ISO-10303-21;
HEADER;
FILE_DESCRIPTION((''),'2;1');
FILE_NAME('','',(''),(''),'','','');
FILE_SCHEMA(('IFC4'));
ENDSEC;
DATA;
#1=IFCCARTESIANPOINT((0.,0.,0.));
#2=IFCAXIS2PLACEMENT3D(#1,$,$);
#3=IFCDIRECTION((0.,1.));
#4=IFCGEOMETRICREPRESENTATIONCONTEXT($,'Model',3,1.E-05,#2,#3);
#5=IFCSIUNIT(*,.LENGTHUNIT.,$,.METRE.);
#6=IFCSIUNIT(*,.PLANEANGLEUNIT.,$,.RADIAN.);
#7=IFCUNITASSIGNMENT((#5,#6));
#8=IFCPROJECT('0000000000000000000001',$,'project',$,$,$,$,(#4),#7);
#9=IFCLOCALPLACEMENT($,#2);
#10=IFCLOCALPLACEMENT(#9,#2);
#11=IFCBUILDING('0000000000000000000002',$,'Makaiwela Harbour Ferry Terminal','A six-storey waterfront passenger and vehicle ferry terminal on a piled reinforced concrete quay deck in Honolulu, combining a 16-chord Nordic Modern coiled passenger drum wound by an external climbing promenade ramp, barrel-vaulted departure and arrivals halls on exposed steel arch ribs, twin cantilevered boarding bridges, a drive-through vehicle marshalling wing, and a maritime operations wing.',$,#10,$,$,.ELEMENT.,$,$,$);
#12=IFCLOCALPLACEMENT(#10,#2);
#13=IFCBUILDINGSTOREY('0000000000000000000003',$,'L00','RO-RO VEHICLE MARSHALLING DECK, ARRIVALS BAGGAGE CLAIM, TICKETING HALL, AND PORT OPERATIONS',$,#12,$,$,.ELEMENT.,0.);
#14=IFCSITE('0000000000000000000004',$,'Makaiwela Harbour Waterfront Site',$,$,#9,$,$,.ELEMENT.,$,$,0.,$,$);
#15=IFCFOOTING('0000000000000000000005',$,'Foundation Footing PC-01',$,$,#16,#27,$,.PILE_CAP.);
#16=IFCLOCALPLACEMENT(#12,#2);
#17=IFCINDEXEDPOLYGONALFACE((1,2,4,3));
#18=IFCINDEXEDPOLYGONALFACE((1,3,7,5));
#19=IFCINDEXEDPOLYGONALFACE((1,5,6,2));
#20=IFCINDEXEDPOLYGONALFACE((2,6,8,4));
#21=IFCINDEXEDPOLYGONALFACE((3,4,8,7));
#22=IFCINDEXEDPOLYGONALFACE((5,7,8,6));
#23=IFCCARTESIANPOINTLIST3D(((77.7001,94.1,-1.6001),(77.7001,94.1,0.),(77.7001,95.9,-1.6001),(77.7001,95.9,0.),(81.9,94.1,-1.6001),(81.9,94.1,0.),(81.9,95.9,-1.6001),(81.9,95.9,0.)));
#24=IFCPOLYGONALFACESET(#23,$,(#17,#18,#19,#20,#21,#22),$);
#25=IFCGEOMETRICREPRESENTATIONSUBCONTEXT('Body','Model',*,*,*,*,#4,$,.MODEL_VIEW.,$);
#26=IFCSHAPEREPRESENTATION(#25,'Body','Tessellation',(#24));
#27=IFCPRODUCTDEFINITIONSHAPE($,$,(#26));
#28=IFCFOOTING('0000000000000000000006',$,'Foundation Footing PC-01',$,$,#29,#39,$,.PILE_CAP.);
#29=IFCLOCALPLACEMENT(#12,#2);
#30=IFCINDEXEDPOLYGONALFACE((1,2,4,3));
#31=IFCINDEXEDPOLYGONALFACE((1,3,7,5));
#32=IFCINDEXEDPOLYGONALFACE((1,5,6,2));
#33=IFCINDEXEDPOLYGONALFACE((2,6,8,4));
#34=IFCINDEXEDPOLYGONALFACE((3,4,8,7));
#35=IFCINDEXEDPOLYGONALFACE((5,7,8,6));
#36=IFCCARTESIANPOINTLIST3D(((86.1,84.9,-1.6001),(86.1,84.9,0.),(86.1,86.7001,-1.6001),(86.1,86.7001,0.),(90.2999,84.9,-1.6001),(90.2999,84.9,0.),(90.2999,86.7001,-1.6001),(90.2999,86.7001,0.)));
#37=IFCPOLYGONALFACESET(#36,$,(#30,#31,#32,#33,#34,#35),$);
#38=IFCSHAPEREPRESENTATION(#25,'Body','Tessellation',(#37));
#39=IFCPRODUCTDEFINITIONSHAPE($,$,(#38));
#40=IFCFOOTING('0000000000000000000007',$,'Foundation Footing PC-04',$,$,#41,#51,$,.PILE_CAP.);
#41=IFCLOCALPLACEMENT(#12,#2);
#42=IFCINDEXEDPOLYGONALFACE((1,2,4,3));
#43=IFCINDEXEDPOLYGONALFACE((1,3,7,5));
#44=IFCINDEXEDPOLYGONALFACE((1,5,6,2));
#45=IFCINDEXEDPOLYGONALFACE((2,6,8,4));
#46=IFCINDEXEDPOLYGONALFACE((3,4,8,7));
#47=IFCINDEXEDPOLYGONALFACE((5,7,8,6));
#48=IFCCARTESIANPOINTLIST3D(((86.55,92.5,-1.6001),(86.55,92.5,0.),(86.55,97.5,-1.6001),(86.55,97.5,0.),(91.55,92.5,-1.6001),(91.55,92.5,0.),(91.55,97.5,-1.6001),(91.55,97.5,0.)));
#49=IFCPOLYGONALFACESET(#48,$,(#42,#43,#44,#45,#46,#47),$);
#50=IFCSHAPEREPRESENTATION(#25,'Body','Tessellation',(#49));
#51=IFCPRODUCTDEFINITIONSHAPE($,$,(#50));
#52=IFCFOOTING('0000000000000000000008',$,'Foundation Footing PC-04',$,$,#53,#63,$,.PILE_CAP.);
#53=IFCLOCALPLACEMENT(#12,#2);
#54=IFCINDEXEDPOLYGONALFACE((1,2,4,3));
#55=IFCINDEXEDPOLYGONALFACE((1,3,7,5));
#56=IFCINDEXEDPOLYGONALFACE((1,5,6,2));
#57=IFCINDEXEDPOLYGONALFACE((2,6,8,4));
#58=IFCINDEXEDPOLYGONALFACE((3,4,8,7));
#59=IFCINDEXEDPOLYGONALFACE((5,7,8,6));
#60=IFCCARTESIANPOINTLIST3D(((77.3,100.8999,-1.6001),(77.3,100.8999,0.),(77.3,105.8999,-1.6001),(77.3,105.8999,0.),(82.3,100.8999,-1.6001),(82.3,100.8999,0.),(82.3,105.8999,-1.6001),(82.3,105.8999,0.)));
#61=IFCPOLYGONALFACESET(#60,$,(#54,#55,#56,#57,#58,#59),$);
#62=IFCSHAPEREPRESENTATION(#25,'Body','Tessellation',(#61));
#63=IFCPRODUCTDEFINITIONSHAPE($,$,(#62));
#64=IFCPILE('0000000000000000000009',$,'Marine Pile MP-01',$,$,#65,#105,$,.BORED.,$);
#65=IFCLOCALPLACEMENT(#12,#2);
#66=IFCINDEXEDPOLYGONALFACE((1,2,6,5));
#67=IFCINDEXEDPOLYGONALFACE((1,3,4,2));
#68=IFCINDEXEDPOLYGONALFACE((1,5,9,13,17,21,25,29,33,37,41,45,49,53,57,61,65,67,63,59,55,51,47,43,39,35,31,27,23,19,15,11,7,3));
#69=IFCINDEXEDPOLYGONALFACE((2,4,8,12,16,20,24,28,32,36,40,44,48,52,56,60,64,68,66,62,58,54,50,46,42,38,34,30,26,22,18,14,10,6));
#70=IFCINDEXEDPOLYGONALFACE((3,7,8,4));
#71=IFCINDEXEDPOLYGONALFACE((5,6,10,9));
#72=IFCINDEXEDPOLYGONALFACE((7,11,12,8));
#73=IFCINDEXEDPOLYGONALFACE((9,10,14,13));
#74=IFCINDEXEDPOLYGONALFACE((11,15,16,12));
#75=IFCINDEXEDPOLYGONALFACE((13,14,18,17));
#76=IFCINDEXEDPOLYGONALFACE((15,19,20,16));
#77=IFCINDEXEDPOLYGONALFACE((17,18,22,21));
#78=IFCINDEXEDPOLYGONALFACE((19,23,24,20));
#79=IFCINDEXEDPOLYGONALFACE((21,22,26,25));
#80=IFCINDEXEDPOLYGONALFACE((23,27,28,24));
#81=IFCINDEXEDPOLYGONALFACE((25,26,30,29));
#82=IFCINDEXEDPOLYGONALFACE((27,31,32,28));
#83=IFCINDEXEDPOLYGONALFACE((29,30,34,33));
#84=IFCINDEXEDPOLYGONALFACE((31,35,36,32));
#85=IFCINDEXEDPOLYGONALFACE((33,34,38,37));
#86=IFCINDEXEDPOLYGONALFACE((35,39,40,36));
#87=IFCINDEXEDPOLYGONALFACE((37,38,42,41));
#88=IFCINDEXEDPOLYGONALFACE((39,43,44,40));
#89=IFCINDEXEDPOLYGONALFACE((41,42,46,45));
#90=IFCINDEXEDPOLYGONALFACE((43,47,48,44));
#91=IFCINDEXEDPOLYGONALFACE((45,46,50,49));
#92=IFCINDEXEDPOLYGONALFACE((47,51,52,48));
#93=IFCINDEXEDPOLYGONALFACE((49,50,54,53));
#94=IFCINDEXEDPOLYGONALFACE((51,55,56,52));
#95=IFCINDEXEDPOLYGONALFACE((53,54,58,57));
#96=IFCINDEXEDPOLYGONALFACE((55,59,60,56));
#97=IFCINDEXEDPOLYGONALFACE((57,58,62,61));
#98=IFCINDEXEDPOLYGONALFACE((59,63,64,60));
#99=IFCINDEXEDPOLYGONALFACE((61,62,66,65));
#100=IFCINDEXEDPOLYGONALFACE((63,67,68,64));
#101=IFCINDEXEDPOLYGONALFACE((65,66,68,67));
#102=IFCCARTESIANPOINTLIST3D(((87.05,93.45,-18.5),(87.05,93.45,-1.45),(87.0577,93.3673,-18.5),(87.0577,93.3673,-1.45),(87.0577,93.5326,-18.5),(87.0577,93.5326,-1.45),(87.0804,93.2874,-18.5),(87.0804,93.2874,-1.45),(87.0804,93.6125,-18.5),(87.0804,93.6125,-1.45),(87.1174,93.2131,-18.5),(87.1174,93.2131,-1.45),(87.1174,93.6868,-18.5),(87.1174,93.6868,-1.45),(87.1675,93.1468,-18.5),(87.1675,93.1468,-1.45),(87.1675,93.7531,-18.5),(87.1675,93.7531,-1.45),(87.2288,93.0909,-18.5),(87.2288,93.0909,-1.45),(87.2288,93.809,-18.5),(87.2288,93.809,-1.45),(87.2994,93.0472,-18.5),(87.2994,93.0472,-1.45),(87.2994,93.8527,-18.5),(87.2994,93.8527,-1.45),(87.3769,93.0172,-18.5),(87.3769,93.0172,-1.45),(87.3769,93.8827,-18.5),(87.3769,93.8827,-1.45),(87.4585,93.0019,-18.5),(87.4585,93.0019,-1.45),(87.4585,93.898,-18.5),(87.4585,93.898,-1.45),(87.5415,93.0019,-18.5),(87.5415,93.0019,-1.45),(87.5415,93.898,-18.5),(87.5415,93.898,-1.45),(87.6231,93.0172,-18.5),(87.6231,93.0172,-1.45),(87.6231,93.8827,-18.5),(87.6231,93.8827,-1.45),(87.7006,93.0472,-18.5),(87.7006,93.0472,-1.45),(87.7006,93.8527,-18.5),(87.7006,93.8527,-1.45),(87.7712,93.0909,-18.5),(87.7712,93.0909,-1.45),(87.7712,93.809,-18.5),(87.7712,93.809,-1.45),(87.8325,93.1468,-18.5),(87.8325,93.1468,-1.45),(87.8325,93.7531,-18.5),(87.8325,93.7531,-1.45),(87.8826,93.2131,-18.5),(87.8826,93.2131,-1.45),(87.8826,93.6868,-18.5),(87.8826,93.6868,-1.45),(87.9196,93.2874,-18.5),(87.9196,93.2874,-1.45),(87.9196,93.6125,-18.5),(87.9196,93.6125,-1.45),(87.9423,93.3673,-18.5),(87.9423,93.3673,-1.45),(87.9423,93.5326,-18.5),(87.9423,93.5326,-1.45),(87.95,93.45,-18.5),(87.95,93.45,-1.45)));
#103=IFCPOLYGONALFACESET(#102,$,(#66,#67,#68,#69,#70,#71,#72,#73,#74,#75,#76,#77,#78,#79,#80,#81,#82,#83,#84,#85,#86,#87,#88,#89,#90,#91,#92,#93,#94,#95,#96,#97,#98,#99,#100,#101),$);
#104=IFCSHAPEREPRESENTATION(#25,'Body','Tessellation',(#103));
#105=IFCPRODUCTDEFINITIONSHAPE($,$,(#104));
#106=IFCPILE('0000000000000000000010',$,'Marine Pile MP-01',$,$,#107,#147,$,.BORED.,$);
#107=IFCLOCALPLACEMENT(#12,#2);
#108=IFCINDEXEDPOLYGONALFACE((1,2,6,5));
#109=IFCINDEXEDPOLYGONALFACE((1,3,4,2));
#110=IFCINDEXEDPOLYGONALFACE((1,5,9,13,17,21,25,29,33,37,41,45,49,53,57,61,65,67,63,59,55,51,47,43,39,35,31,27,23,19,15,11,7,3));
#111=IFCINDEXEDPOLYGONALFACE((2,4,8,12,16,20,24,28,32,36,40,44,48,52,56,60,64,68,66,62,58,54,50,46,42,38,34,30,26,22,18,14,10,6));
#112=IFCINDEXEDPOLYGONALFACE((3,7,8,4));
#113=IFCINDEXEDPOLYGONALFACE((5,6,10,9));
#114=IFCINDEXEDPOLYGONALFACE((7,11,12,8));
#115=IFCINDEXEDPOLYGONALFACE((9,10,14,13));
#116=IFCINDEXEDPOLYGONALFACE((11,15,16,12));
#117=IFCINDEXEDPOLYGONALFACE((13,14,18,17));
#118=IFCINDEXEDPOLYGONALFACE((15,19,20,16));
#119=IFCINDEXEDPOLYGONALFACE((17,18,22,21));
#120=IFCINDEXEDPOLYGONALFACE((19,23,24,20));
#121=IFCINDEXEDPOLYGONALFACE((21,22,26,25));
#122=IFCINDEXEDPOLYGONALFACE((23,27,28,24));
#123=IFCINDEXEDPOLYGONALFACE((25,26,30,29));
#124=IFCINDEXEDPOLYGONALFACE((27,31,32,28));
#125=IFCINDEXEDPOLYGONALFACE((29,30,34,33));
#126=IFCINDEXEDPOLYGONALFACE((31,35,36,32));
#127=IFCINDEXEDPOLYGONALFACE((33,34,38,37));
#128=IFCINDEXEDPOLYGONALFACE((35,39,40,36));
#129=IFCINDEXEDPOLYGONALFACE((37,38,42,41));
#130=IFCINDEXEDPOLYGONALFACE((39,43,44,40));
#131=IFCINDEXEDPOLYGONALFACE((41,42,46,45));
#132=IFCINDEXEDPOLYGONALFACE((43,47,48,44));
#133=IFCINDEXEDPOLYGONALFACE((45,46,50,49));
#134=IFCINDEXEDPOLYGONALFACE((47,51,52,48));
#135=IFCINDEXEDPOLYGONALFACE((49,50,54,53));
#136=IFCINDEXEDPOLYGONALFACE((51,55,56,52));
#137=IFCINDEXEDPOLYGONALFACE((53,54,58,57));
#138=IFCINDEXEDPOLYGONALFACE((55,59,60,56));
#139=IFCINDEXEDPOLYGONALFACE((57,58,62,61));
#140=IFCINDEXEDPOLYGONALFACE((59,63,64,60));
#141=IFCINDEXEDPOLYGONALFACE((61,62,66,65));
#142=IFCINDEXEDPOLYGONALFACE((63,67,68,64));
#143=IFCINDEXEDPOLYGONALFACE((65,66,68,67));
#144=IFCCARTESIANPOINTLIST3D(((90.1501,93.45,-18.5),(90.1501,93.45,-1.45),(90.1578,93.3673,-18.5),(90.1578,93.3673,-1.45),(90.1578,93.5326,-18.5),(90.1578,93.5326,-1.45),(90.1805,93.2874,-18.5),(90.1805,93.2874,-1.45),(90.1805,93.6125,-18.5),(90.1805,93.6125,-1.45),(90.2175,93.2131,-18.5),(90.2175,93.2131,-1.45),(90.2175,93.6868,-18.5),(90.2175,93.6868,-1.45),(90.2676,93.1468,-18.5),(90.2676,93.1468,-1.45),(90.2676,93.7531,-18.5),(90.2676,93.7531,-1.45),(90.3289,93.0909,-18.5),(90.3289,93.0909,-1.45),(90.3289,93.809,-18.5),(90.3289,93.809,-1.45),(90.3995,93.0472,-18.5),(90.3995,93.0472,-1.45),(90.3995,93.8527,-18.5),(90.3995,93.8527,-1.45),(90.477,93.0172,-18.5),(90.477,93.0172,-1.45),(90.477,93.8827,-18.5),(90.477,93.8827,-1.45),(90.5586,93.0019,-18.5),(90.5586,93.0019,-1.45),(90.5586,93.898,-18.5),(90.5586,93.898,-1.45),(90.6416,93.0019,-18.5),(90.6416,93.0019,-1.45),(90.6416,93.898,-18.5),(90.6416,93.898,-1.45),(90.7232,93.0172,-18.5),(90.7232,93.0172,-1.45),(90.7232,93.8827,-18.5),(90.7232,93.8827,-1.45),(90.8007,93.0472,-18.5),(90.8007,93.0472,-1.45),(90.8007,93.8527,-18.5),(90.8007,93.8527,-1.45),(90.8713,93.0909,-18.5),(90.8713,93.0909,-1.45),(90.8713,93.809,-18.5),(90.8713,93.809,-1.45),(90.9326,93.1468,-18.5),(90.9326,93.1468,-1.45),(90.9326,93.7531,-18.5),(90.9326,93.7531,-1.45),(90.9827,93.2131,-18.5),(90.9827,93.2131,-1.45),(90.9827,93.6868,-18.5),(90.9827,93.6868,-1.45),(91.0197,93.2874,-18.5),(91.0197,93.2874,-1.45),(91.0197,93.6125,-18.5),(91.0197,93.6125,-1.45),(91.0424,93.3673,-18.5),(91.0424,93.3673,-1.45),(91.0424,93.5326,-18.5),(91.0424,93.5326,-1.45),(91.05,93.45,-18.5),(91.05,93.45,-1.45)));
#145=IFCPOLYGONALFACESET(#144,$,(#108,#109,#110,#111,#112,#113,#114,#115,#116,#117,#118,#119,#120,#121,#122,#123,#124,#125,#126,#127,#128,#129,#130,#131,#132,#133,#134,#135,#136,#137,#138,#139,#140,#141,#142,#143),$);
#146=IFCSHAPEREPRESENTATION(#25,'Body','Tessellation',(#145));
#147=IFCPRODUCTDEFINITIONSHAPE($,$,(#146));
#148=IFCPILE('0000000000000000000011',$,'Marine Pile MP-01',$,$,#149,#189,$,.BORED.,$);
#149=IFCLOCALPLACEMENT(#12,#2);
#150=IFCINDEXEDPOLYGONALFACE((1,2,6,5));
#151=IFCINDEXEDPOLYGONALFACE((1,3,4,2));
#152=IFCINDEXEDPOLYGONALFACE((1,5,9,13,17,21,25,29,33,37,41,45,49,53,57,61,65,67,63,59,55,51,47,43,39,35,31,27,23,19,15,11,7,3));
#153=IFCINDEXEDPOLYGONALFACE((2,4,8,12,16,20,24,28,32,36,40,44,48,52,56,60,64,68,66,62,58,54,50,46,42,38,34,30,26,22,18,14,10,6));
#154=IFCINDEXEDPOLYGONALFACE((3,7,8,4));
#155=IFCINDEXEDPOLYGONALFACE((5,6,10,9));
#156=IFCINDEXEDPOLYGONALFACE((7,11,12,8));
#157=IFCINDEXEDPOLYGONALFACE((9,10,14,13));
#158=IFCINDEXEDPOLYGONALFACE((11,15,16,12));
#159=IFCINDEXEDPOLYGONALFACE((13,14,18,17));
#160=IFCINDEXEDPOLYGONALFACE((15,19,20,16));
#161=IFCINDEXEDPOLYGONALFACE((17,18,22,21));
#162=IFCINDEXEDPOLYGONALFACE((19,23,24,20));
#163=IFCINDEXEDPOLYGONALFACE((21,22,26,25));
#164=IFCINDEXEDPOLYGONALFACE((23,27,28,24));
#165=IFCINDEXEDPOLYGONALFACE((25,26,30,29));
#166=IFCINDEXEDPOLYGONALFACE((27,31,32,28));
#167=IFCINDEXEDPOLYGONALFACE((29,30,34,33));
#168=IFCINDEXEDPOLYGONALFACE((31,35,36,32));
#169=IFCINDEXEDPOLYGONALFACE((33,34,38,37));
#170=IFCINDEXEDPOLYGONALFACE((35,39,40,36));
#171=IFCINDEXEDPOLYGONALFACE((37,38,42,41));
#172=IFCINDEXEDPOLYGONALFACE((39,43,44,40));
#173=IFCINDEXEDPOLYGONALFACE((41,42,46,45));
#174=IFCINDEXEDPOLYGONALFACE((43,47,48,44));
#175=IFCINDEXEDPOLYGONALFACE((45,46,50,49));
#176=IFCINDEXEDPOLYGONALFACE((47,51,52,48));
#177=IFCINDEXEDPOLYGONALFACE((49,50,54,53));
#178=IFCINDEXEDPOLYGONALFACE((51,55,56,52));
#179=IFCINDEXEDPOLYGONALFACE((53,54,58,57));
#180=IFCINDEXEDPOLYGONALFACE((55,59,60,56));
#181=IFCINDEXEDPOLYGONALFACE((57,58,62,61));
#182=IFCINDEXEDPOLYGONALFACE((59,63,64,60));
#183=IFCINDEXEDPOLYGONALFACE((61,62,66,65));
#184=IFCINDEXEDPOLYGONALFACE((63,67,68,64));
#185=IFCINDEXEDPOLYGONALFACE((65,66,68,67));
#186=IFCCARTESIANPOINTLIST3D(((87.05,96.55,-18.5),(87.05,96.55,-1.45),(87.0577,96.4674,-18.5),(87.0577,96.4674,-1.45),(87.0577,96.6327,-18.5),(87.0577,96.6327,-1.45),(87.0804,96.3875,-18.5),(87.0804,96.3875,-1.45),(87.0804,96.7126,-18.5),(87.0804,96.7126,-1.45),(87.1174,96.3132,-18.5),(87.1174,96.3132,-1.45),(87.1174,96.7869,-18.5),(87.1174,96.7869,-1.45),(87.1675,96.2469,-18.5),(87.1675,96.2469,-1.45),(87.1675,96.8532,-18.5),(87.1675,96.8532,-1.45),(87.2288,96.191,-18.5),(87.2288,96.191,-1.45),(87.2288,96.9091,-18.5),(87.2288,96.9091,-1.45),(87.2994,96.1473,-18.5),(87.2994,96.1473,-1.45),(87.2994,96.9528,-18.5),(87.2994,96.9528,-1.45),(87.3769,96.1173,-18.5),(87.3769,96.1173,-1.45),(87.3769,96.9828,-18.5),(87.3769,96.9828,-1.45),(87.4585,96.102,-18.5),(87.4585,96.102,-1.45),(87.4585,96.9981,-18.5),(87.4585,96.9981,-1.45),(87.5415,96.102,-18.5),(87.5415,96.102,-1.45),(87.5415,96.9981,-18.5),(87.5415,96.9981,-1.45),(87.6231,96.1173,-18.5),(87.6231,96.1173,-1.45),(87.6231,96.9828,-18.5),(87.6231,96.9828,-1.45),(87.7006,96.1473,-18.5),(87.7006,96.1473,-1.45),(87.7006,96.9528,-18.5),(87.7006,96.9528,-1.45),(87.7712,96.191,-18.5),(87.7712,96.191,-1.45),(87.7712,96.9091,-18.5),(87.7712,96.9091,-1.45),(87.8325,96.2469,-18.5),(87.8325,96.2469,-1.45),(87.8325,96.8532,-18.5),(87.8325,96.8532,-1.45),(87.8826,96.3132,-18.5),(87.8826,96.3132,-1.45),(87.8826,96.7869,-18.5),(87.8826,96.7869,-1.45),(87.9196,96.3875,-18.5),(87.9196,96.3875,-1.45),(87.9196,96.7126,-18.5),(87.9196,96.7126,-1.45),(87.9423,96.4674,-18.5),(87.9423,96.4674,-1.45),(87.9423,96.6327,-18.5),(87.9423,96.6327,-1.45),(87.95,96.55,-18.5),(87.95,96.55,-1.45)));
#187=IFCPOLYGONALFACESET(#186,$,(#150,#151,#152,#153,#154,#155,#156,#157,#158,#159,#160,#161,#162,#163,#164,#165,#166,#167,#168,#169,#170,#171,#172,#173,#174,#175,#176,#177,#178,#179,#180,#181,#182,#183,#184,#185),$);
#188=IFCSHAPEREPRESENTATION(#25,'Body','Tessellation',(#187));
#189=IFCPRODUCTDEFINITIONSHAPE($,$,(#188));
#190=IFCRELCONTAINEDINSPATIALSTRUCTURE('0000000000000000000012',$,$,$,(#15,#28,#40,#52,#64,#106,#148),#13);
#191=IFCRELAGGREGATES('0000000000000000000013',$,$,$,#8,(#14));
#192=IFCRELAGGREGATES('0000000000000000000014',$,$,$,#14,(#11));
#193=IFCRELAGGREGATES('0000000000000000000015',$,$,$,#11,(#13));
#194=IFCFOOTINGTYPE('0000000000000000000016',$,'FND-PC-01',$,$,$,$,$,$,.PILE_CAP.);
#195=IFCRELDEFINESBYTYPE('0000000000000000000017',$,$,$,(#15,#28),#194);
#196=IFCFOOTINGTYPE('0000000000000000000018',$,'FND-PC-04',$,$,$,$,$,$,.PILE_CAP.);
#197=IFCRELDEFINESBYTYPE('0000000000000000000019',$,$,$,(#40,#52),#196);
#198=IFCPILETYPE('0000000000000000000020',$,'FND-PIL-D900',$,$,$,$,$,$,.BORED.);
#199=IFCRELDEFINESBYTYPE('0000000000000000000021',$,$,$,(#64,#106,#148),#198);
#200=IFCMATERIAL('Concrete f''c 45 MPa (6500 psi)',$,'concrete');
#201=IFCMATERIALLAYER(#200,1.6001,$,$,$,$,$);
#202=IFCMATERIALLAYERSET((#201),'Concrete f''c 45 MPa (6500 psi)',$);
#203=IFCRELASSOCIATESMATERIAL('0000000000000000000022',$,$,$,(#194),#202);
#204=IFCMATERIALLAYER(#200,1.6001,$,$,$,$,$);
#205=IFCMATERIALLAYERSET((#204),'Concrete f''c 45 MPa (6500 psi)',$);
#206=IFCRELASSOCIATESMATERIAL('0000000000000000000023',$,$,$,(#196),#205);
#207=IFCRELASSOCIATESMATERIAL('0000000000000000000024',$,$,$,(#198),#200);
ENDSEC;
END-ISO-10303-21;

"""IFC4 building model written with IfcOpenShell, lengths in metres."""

from ifc_helpers import new_model, si_unit, direction, frame, origin, origin_2d, place, context, subcontext, project, spatial, rectangle, circle, extrude, material, layer, layer_set, material_profile, profile_set, type_object, element, save


model = new_model("IFC4")

# Units and contexts
model_context = context("Model", 3, precision=1e-05, world=origin(), true_north=direction((0.0, 1.0)))
body_context = subcontext(model_context, "Body", "Model", "MODEL_VIEW")
ifc_project = project(units=[si_unit("LENGTHUNIT", "METRE"), si_unit("PLANEANGLEUNIT", "RADIAN")], contexts=[model_context])

# Site, building, storey
site_placement = place(None, origin())
site = spatial("IfcSite", under=ifc_project, at=site_placement, Name="Makaiwela Harbour Waterfront Site", CompositionType="ELEMENT", RefElevation=0.0)
building_placement = place(site_placement, origin())
building = spatial("IfcBuilding", under=site, at=building_placement, Name="Makaiwela Harbour Ferry Terminal", Description="A six-storey waterfront passenger and vehicle ferry terminal on a piled reinforced concrete quay deck in Honolulu, combining a 16-chord Nordic Modern coiled passenger drum wound by an external climbing promenade ramp, barrel-vaulted departure and arrivals halls on exposed steel arch ribs, twin cantilevered boarding bridges, a drive-through vehicle marshalling wing, and a maritime operations wing.", CompositionType="ELEMENT")
storey_placement = place(building_placement, origin())
storey = spatial("IfcBuildingStorey", under=building, at=storey_placement, Name="L00", Description="RO-RO VEHICLE MARSHALLING DECK, ARRIVALS BAGGAGE CLAIM, TICKETING HALL, AND PORT OPERATIONS", CompositionType="ELEMENT", Elevation=0.0)

# Footings
ifc_material_1 = material(Name="Concrete f'c 45 MPa (6500 psi)", Category="concrete")
ifc_layer_1 = layer(ifc_material_1, 1.6001)
ifc_layer_set_1 = layer_set([ifc_layer_1], Name="Concrete f'c 45 MPa (6500 psi)")
footing_type_1 = type_object("IfcFootingType", Name="FND-PC-01", PredefinedType="PILE_CAP", material=ifc_layer_set_1)
for number, where, z_axis, x_axis, name in (
    (1, (79.8, 95.0, -1.6001), (0.0, 0.0, 1.0), (1.0, 0.0, 0.0), "Foundation Footing PC-01"),
    (2, (88.2, 85.8, -1.6001), (0.0, 0.0, 1.0), (1.0, 0.0, 0.0), "Foundation Footing PC-01"),
):
    element("IfcFooting", number, at=place(storey_placement, frame(where, z_axis=z_axis, x_axis=x_axis)), inside=storey, type_object=footing_type_1, Name=name, PredefinedType="PILE_CAP", context=body_context, shape_type="SweptSolid", body=[
        extrude(rectangle(XDim=4.2, YDim=1.8, at=origin_2d()), origin(), (0.0, 0.0, 1.0), 1.6001),
    ])
ifc_layer_2 = layer(ifc_material_1, 1.6001)
ifc_layer_set_2 = layer_set([ifc_layer_2], Name="Concrete f'c 45 MPa (6500 psi)")
footing_type_2 = type_object("IfcFootingType", Name="FND-PC-04", PredefinedType="PILE_CAP", material=ifc_layer_set_2)
for number, where, z_axis, x_axis, name in (
    (3, (89.05, 95.0, -1.6001), (0.0, 0.0, 1.0), (1.0, 0.0, 0.0), "Foundation Footing PC-04"),
    (4, (79.8, 103.3999, -1.6001), (0.0, 0.0, 1.0), (1.0, 0.0, 0.0), "Foundation Footing PC-04"),
):
    element("IfcFooting", number, at=place(storey_placement, frame(where, z_axis=z_axis, x_axis=x_axis)), inside=storey, type_object=footing_type_2, Name=name, PredefinedType="PILE_CAP", context=body_context, shape_type="SweptSolid", body=[
        extrude(rectangle(XDim=5.0, YDim=5.0, at=origin_2d()), origin(), (0.0, 0.0, 1.0), 1.6001),
    ])

# Piles
ifc_material_profile_1 = material_profile(ifc_material_1, circle(Radius=0.45, at=origin_2d()), Name="PILE-D900")
ifc_profile_set_1 = profile_set([ifc_material_profile_1], Name="Concrete f'c 45 MPa (6500 psi)")
pile_type = type_object("IfcPileType", Name="FND-PIL-D900", PredefinedType="BORED", material=ifc_profile_set_1)
for number, where, z_axis, x_axis, name in (
    (5, (87.5, 93.45, -1.45), (0.0, 0.0, -1.0), (1.0, 0.0, 0.0), "Marine Pile MP-01"),
    (6, (90.6001, 93.45, -1.45), (0.0, 0.0, -1.0), (1.0, 0.0, 0.0), "Marine Pile MP-01"),
    (7, (87.5, 96.55, -1.45), (0.0, 0.0, -1.0), (1.0, 0.0, 0.0), "Marine Pile MP-01"),
):
    element("IfcPile", number, at=place(storey_placement, frame(where, z_axis=z_axis, x_axis=x_axis)), inside=storey, type_object=pile_type, Name=name, PredefinedType="BORED", context=body_context, shape_type="SweptSolid", body=[
        extrude(circle(Radius=0.45, at=origin_2d()), origin(), (0.0, 0.0, 1.0), 17.05),
    ])

save(model, "model.ifc")
